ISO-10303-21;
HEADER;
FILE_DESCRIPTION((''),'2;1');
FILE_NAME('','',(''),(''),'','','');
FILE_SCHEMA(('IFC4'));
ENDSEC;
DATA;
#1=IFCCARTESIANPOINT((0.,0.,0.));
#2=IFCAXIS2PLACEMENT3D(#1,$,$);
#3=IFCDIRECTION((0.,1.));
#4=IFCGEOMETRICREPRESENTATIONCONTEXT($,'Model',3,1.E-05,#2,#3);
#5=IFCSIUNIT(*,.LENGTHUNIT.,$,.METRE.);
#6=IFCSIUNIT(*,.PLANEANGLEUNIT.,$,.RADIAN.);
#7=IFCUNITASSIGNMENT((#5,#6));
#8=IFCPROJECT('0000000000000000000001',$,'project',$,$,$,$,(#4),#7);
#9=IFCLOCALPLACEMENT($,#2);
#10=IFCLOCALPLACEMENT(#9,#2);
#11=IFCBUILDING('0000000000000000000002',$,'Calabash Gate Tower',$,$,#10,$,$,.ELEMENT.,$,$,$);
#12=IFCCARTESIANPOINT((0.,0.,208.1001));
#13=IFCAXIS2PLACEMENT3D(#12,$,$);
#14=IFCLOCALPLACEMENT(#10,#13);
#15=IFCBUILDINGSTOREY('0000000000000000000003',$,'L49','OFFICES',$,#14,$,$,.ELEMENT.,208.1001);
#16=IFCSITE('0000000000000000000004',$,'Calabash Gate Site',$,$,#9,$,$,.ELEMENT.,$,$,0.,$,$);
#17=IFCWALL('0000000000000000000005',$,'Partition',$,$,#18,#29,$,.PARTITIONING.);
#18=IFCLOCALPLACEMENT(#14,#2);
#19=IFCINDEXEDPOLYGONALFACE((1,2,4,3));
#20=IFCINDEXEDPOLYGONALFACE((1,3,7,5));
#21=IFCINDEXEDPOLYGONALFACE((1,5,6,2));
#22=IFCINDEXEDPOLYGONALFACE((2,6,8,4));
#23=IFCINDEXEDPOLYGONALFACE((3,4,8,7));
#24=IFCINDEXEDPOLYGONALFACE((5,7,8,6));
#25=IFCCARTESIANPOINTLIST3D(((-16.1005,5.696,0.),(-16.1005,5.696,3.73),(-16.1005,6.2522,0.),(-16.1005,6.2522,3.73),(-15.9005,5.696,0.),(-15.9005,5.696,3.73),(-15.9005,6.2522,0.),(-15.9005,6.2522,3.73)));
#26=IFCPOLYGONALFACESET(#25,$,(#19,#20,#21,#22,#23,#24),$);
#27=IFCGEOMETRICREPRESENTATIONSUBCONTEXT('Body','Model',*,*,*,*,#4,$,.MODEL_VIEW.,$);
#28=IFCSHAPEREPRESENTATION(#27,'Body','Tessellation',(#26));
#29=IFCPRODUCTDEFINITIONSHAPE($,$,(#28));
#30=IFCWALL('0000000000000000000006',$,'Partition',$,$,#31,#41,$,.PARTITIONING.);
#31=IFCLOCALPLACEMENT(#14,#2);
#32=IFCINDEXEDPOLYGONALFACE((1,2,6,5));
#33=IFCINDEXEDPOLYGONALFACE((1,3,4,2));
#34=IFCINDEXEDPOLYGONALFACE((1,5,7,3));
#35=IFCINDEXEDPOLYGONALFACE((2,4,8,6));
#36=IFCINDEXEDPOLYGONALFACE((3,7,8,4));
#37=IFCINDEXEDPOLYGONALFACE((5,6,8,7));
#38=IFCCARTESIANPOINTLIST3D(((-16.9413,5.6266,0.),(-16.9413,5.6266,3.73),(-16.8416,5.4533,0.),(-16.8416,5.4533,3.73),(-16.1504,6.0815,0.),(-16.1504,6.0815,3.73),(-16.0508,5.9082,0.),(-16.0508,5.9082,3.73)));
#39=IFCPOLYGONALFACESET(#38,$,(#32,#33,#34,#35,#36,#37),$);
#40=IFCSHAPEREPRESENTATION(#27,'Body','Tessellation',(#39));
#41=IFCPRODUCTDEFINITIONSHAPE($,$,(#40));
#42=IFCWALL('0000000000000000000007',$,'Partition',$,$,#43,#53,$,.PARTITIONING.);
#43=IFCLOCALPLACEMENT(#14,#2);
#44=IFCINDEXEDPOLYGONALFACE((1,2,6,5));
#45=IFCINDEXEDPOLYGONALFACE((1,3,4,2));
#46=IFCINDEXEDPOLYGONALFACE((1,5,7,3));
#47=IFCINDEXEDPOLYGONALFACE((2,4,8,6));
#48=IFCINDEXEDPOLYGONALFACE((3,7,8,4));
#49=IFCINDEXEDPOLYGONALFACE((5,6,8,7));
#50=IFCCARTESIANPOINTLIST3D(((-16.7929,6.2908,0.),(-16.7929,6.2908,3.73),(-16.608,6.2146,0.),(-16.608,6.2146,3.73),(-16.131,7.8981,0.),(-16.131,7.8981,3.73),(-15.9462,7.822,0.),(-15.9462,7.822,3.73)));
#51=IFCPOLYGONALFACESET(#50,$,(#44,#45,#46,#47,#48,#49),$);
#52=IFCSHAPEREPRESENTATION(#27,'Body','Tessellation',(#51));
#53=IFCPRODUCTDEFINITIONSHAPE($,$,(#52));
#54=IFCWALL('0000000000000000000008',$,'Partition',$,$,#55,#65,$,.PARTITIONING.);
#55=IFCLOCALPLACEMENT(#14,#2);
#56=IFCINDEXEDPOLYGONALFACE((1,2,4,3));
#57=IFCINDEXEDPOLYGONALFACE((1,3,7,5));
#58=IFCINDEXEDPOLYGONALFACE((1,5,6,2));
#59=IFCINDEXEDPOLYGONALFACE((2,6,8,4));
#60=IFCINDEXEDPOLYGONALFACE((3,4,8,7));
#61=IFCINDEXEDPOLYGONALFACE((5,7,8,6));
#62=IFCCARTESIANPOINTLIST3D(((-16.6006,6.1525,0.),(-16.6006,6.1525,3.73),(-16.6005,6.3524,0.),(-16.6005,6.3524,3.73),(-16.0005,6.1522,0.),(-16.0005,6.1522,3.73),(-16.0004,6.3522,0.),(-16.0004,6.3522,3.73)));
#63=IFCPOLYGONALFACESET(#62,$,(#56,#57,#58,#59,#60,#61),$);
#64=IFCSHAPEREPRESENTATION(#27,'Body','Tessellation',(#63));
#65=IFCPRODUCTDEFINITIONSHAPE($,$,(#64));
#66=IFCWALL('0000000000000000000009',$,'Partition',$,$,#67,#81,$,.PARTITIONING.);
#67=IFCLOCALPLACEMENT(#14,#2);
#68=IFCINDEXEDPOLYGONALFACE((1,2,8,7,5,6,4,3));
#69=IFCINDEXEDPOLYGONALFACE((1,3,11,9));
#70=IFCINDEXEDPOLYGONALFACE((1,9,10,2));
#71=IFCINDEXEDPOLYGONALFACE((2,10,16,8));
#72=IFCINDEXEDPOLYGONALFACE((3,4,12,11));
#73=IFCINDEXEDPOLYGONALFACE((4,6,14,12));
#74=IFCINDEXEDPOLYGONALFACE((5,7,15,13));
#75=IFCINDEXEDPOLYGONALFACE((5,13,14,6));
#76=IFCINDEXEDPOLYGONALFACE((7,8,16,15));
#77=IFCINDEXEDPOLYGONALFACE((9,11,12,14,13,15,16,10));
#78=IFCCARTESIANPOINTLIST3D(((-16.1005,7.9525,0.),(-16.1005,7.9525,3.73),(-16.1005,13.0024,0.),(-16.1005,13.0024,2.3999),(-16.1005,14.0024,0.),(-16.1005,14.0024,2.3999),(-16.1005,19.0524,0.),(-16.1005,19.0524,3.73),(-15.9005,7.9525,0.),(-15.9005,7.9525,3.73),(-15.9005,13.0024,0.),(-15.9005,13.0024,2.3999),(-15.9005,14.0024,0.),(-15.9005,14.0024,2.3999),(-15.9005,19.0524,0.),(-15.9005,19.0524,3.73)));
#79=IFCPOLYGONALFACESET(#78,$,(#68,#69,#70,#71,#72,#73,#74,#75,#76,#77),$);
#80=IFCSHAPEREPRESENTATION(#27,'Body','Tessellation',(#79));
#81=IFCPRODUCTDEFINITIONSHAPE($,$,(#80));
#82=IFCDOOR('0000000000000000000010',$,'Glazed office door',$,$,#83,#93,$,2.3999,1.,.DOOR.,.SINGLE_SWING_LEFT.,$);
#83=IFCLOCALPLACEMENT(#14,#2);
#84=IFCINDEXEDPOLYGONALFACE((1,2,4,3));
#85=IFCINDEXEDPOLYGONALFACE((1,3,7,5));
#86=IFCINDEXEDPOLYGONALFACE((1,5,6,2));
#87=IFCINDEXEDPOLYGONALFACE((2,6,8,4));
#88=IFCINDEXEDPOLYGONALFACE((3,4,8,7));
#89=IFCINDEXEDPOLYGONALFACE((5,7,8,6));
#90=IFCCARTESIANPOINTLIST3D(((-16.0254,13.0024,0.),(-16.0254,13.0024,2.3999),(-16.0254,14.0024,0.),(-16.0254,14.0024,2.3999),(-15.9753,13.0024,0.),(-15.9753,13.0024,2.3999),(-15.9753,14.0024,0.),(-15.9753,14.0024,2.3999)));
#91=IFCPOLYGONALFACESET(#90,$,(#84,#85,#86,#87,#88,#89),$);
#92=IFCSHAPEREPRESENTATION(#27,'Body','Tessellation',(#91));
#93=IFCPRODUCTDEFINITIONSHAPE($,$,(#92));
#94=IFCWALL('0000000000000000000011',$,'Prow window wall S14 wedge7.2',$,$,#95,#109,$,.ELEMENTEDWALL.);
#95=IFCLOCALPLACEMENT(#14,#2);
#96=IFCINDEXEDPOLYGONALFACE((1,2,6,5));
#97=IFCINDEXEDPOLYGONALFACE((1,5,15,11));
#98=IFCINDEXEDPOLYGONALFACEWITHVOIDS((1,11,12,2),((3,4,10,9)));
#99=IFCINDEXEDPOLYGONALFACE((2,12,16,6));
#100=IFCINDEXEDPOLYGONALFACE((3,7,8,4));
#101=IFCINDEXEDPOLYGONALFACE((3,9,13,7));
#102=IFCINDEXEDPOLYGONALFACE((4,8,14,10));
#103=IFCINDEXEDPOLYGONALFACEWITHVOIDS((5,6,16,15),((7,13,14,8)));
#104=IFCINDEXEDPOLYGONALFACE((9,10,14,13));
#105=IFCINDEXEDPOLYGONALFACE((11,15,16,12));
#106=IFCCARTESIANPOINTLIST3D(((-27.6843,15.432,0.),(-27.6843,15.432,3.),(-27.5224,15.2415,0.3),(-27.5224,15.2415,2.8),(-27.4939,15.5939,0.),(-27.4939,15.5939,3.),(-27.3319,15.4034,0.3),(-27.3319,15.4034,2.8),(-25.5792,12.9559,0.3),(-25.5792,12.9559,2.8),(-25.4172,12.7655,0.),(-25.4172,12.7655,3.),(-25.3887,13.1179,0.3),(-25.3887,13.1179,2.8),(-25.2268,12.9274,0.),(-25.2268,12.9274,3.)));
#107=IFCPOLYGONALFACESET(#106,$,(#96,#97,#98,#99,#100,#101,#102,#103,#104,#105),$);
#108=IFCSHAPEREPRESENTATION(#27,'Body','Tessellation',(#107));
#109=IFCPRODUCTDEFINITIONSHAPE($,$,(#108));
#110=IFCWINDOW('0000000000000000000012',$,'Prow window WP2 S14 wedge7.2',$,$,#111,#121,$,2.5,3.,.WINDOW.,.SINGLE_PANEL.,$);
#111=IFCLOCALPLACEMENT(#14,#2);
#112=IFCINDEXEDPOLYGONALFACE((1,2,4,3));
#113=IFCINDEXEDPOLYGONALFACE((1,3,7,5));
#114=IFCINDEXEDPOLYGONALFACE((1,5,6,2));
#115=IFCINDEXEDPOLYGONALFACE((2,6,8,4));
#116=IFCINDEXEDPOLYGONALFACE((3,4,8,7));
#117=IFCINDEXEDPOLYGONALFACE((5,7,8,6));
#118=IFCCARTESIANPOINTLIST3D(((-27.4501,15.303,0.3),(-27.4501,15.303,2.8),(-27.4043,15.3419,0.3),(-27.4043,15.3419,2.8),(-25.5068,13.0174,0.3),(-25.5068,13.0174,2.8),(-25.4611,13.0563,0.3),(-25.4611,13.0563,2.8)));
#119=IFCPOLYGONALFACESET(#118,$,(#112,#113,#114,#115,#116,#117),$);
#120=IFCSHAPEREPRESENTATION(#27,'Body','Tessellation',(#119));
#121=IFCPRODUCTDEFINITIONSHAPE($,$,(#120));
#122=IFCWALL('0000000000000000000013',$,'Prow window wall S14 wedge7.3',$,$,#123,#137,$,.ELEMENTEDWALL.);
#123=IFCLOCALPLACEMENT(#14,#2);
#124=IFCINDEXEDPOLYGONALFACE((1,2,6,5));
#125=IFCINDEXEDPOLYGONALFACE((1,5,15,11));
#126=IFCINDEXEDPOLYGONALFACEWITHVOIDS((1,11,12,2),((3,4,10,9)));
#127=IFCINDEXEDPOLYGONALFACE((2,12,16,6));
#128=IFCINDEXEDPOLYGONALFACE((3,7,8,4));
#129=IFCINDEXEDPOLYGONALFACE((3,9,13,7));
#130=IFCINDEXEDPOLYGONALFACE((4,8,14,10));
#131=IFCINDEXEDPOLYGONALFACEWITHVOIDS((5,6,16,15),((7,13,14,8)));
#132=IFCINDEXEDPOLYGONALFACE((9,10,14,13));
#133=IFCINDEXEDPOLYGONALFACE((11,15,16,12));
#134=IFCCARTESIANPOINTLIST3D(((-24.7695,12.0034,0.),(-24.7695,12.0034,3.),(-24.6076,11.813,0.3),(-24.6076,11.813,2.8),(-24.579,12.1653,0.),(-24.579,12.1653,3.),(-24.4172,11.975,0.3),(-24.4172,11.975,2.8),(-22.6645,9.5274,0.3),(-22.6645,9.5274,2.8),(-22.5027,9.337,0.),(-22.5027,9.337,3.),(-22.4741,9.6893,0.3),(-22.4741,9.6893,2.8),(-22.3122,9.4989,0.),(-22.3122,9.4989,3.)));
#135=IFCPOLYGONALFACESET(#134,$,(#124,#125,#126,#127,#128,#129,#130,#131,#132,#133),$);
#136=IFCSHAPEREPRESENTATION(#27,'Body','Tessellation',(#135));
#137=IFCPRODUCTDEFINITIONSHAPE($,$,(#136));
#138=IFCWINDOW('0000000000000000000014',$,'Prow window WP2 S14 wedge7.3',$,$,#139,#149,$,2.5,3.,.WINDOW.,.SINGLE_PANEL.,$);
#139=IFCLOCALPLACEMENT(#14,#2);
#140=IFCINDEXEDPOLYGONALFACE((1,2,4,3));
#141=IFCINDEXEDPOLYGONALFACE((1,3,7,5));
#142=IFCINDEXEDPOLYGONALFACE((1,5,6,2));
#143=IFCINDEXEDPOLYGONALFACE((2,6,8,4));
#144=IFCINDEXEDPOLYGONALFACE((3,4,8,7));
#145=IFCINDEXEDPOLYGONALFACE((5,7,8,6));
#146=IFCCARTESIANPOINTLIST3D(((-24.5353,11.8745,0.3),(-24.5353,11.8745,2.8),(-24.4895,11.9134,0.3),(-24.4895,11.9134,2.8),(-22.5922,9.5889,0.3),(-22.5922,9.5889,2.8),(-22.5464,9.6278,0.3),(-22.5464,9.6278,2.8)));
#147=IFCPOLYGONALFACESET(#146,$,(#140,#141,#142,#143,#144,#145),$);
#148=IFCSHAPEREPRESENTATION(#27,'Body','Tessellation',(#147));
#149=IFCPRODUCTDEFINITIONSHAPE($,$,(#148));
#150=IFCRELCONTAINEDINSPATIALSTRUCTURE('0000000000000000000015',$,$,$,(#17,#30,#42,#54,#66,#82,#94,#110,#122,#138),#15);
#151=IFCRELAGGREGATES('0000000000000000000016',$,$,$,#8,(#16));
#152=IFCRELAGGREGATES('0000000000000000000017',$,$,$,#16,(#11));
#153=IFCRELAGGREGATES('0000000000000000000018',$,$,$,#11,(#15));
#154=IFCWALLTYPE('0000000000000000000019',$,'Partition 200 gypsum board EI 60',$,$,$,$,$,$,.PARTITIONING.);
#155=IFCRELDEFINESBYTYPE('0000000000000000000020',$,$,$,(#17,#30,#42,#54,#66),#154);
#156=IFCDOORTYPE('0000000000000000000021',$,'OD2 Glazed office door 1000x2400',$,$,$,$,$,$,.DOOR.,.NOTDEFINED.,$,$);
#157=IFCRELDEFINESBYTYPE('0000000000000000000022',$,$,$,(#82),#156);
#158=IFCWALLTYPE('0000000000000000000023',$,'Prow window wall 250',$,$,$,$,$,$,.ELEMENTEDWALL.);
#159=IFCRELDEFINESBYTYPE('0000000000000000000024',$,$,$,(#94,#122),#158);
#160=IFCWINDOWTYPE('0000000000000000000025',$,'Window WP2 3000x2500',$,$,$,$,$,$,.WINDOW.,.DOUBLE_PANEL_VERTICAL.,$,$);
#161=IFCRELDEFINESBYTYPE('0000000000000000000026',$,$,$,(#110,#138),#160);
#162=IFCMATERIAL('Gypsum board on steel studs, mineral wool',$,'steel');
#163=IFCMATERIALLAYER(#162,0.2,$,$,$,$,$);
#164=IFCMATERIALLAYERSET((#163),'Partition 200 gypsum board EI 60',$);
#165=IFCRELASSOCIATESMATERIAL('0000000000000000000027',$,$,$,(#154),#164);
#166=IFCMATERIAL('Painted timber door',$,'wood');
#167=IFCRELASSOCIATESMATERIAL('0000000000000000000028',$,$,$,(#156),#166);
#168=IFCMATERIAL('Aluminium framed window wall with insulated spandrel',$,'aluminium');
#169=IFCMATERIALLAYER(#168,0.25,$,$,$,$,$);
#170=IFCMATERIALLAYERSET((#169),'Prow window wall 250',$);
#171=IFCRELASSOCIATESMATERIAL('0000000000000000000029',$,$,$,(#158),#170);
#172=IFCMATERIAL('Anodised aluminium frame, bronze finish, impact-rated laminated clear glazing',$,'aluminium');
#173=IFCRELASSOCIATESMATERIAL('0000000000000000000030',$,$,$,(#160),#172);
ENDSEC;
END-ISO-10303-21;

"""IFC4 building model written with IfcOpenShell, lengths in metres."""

from ifc_helpers import new_model, si_unit, direction, frame, frame_2d, origin, place, context, subcontext, project, spatial, rectangle, extrude, material, layer, layer_set, type_object, element, fill, save


model = new_model("IFC4")

# Units and contexts
model_context = context("Model", 3, precision=1e-05, world=origin(), true_north=direction((0.0, 1.0)))
body_context = subcontext(model_context, "Body", "Model", "MODEL_VIEW")
ifc_project = project(units=[si_unit("LENGTHUNIT", "METRE"), si_unit("PLANEANGLEUNIT", "RADIAN")], contexts=[model_context])

# Site, building, storey
site_placement = place(None, origin())
site = spatial("IfcSite", under=ifc_project, at=site_placement, Name="Calabash Gate Site", CompositionType="ELEMENT", RefElevation=0.0)
building_placement = place(site_placement, origin())
building = spatial("IfcBuilding", under=site, at=building_placement, Name="Calabash Gate Tower", CompositionType="ELEMENT")
storey_placement = place(building_placement, frame((0.0, 0.0, 208.1001)))
storey = spatial("IfcBuildingStorey", under=building, at=storey_placement, Name="L49", Description="OFFICES", CompositionType="ELEMENT", Elevation=208.1001)

# Walls
ifc_material_1 = material(Name="Gypsum board on steel studs, mineral wool", Category="steel")
ifc_layer_1 = layer(ifc_material_1, 0.2)
ifc_layer_set_1 = layer_set([ifc_layer_1], Name="Partition 200 gypsum board EI 60")
wall_type_1 = type_object("IfcWallType", Name="Partition 200 gypsum board EI 60", PredefinedType="PARTITIONING", material=ifc_layer_set_1)
wall_1_placement = place(storey_placement, frame((-16.0005, 6.2522, 0.0), z_axis=(0.0, 0.0, 1.0), x_axis=(0.0, -1.0, 0.0)))
element("IfcWall", 1, at=wall_1_placement, inside=storey, type_object=wall_type_1, Name="Partition", PredefinedType="PARTITIONING", context=body_context, shape_type="SweptSolid", body=[
    extrude(rectangle(XDim=0.5562, YDim=0.2, at=frame_2d((0.2781, 0.0))), origin(), (0.0, 0.0, 1.0), 3.73),
])
wall_2_placement = place(storey_placement, frame((-16.8914, 5.54, 0.0), z_axis=(0.0, 0.0, 1.0), x_axis=(0.86684, 0.498587, 0.0)))
element("IfcWall", 2, at=wall_2_placement, inside=storey, type_object=wall_type_1, Name="Partition", PredefinedType="PARTITIONING", context=body_context, shape_type="SweptSolid", body=[
    extrude(rectangle(XDim=0.9124, YDim=0.2, at=frame_2d((0.4561, 0.0))), origin(), (0.0, 0.0, 1.0), 3.73),
])
wall_3_placement = place(storey_placement, frame((-16.7004, 6.2527, 0.0), z_axis=(0.0, 0.0, 1.0), x_axis=(0.380743, 0.924681, 0.0)))
element("IfcWall", 3, at=wall_3_placement, inside=storey, type_object=wall_type_1, Name="Partition", PredefinedType="PARTITIONING", context=body_context, shape_type="SweptSolid", body=[
    extrude(rectangle(XDim=1.7383, YDim=0.2, at=frame_2d((0.8691, 0.0))), origin(), (0.0, 0.0, 1.0), 3.73),
])
wall_4_placement = place(storey_placement, frame((-16.6006, 6.2524, 0.0), z_axis=(0.0, 0.0, 1.0), x_axis=(1.0, -0.000407, 0.0)))
element("IfcWall", 4, at=wall_4_placement, inside=storey, type_object=wall_type_1, Name="Partition", PredefinedType="PARTITIONING", context=body_context, shape_type="SweptSolid", body=[
    extrude(rectangle(XDim=0.6001, YDim=0.2, at=frame_2d((0.3, 0.0))), origin(), (0.0, 0.0, 1.0), 3.73),
])

# Wall, opening, door
wall_5_placement = place(storey_placement, frame((-16.0005, 7.9526, 0.0), z_axis=(0.0, 0.0, 1.0), x_axis=(0.0, 1.0, 0.0)))
wall_5 = element("IfcWall", 5, at=wall_5_placement, inside=storey, type_object=wall_type_1, Name="Partition", PredefinedType="PARTITIONING", context=body_context, shape_type="SweptSolid", body=[
    extrude(rectangle(XDim=11.0999, YDim=0.2, at=frame_2d((5.5498, 0.0))), origin(), (0.0, 0.0, 1.0), 3.73),
])
opening_1_placement = place(wall_5_placement, frame((5.0498, 0.0, 0.0)))
opening_1 = element("IfcOpeningElement", 6, at=opening_1_placement, cuts=wall_5, PredefinedType="OPENING", context=body_context, shape_type="SweptSolid", body=[
    extrude(rectangle(XDim=1.0, YDim=2.3999, at=frame_2d((0.5, 1.2))), frame((0.0, 0.1099, 0.0), z_axis=(0.0, -1.0, 0.0), x_axis=(1.0, 0.0, 0.0)), (0.0, 0.0, 1.0), 0.22),
])
ifc_material_2 = material(Name="Painted timber door", Category="wood")
door_type_1 = type_object("IfcDoorType", Name="OD2 Glazed office door 1000x2400", OperationType="NOTDEFINED", PredefinedType="DOOR", material=ifc_material_2)
door_1_placement = place(opening_1_placement, origin())
door_1 = element("IfcDoor", 7, at=door_1_placement, inside=storey, type_object=door_type_1, Name="Glazed office door", OperationType="SINGLE_SWING_LEFT", OverallHeight=2.3999, OverallWidth=1.0, PredefinedType="DOOR", context=body_context, shape_type="SweptSolid", body=[
    extrude(rectangle(XDim=1.0, YDim=2.3999, at=frame_2d((0.5, 1.2))), frame((0.0, 0.0249, 0.0), z_axis=(0.0, -1.0, 0.0), x_axis=(1.0, 0.0, 0.0)), (0.0, 0.0, 1.0), 0.05),
])
fill(opening_1, door_1)

# Walls, openings, windows
ifc_material_3 = material(Name="Aluminium framed window wall with insulated spandrel", Category="aluminium")
ifc_layer_2 = layer(ifc_material_3, 0.25)
ifc_layer_set_2 = layer_set([ifc_layer_2], Name="Prow window wall 250")
wall_type_2 = type_object("IfcWallType", Name="Prow window wall 250", PredefinedType="ELEMENTEDWALL", material=ifc_layer_set_2)
wall_6_placement = place(storey_placement, frame((-27.5891, 15.5129, 0.0), z_axis=(0.0, 0.0, 1.0), x_axis=(0.647742, -0.76186, 0.0)))
wall_6 = element("IfcWall", 8, at=wall_6_placement, inside=storey, type_object=wall_type_2, Name="Prow window wall S14 wedge7.2", PredefinedType="ELEMENTEDWALL", context=body_context, shape_type="SweptSolid", body=[
    extrude(rectangle(XDim=3.5, YDim=0.25, at=frame_2d((1.75, 0.0))), origin(), (0.0, 0.0, 1.0), 3.0),
])
opening_2_placement = place(wall_6_placement, frame((0.25, 0.0, 0.3)))
opening_2 = element("IfcOpeningElement", 9, at=opening_2_placement, cuts=wall_6, PredefinedType="OPENING", context=body_context, shape_type="SweptSolid", body=[
    extrude(rectangle(XDim=3.0, YDim=2.5, at=frame_2d((1.5, 1.25))), frame((0.0, 0.135, 0.0), z_axis=(0.0, -1.0, 0.0), x_axis=(1.0, 0.0, 0.0)), (0.0, 0.0, 1.0), 0.27),
])
ifc_material_4 = material(Name="Anodised aluminium frame, bronze finish, impact-rated laminated clear glazing", Category="aluminium")
window_type_1 = type_object("IfcWindowType", Name="Window WP2 3000x2500", PartitioningType="DOUBLE_PANEL_VERTICAL", PredefinedType="WINDOW", material=ifc_material_4)
window_1_placement = place(opening_2_placement, origin())
window_1 = element("IfcWindow", 10, at=window_1_placement, inside=storey, type_object=window_type_1, Name="Prow window WP2 S14 wedge7.2", OverallHeight=2.5, OverallWidth=3.0, PartitioningType="SINGLE_PANEL", PredefinedType="WINDOW", context=body_context, shape_type="SweptSolid", body=[
    extrude(rectangle(XDim=3.0, YDim=2.5, at=frame_2d((1.5, 1.25))), frame((0.0, 0.03, 0.0), z_axis=(0.0, -1.0, 0.0), x_axis=(1.0, 0.0, 0.0)), (0.0, 0.0, 1.0), 0.0601),
])
fill(opening_2, window_1)
wall_7_placement = place(storey_placement, frame((-24.6743, 12.0845, 0.0), z_axis=(0.0, 0.0, 1.0), x_axis=(0.647701, -0.761895, 0.0)))
wall_7 = element("IfcWall", 11, at=wall_7_placement, inside=storey, type_object=wall_type_2, Name="Prow window wall S14 wedge7.3", PredefinedType="ELEMENTEDWALL", context=body_context, shape_type="SweptSolid", body=[
    extrude(rectangle(XDim=3.4998, YDim=0.25, at=frame_2d((1.75, 0.0))), origin(), (0.0, 0.0, 1.0), 3.0),
])
opening_3_placement = place(wall_7_placement, frame((0.25, 0.0, 0.3)))
opening_3 = element("IfcOpeningElement", 12, at=opening_3_placement, cuts=wall_7, PredefinedType="OPENING", context=body_context, shape_type="SweptSolid", body=[
    extrude(rectangle(XDim=3.0, YDim=2.5, at=frame_2d((1.5, 1.25))), frame((0.0, 0.135, 0.0), z_axis=(0.0, -1.0, 0.0), x_axis=(1.0, 0.0, 0.0)), (0.0, 0.0, 1.0), 0.27),
])
window_2_placement = place(opening_3_placement, origin())
window_2 = element("IfcWindow", 13, at=window_2_placement, inside=storey, type_object=window_type_1, Name="Prow window WP2 S14 wedge7.3", OverallHeight=2.5, OverallWidth=3.0, PartitioningType="SINGLE_PANEL", PredefinedType="WINDOW", context=body_context, shape_type="SweptSolid", body=[
    extrude(rectangle(XDim=3.0, YDim=2.5, at=frame_2d((1.5, 1.25))), frame((0.0, 0.03, 0.0), z_axis=(0.0, -1.0, 0.0), x_axis=(1.0, 0.0, 0.0)), (0.0, 0.0, 1.0), 0.0601),
])
fill(opening_3, window_2)

save(model, "model.ifc")
